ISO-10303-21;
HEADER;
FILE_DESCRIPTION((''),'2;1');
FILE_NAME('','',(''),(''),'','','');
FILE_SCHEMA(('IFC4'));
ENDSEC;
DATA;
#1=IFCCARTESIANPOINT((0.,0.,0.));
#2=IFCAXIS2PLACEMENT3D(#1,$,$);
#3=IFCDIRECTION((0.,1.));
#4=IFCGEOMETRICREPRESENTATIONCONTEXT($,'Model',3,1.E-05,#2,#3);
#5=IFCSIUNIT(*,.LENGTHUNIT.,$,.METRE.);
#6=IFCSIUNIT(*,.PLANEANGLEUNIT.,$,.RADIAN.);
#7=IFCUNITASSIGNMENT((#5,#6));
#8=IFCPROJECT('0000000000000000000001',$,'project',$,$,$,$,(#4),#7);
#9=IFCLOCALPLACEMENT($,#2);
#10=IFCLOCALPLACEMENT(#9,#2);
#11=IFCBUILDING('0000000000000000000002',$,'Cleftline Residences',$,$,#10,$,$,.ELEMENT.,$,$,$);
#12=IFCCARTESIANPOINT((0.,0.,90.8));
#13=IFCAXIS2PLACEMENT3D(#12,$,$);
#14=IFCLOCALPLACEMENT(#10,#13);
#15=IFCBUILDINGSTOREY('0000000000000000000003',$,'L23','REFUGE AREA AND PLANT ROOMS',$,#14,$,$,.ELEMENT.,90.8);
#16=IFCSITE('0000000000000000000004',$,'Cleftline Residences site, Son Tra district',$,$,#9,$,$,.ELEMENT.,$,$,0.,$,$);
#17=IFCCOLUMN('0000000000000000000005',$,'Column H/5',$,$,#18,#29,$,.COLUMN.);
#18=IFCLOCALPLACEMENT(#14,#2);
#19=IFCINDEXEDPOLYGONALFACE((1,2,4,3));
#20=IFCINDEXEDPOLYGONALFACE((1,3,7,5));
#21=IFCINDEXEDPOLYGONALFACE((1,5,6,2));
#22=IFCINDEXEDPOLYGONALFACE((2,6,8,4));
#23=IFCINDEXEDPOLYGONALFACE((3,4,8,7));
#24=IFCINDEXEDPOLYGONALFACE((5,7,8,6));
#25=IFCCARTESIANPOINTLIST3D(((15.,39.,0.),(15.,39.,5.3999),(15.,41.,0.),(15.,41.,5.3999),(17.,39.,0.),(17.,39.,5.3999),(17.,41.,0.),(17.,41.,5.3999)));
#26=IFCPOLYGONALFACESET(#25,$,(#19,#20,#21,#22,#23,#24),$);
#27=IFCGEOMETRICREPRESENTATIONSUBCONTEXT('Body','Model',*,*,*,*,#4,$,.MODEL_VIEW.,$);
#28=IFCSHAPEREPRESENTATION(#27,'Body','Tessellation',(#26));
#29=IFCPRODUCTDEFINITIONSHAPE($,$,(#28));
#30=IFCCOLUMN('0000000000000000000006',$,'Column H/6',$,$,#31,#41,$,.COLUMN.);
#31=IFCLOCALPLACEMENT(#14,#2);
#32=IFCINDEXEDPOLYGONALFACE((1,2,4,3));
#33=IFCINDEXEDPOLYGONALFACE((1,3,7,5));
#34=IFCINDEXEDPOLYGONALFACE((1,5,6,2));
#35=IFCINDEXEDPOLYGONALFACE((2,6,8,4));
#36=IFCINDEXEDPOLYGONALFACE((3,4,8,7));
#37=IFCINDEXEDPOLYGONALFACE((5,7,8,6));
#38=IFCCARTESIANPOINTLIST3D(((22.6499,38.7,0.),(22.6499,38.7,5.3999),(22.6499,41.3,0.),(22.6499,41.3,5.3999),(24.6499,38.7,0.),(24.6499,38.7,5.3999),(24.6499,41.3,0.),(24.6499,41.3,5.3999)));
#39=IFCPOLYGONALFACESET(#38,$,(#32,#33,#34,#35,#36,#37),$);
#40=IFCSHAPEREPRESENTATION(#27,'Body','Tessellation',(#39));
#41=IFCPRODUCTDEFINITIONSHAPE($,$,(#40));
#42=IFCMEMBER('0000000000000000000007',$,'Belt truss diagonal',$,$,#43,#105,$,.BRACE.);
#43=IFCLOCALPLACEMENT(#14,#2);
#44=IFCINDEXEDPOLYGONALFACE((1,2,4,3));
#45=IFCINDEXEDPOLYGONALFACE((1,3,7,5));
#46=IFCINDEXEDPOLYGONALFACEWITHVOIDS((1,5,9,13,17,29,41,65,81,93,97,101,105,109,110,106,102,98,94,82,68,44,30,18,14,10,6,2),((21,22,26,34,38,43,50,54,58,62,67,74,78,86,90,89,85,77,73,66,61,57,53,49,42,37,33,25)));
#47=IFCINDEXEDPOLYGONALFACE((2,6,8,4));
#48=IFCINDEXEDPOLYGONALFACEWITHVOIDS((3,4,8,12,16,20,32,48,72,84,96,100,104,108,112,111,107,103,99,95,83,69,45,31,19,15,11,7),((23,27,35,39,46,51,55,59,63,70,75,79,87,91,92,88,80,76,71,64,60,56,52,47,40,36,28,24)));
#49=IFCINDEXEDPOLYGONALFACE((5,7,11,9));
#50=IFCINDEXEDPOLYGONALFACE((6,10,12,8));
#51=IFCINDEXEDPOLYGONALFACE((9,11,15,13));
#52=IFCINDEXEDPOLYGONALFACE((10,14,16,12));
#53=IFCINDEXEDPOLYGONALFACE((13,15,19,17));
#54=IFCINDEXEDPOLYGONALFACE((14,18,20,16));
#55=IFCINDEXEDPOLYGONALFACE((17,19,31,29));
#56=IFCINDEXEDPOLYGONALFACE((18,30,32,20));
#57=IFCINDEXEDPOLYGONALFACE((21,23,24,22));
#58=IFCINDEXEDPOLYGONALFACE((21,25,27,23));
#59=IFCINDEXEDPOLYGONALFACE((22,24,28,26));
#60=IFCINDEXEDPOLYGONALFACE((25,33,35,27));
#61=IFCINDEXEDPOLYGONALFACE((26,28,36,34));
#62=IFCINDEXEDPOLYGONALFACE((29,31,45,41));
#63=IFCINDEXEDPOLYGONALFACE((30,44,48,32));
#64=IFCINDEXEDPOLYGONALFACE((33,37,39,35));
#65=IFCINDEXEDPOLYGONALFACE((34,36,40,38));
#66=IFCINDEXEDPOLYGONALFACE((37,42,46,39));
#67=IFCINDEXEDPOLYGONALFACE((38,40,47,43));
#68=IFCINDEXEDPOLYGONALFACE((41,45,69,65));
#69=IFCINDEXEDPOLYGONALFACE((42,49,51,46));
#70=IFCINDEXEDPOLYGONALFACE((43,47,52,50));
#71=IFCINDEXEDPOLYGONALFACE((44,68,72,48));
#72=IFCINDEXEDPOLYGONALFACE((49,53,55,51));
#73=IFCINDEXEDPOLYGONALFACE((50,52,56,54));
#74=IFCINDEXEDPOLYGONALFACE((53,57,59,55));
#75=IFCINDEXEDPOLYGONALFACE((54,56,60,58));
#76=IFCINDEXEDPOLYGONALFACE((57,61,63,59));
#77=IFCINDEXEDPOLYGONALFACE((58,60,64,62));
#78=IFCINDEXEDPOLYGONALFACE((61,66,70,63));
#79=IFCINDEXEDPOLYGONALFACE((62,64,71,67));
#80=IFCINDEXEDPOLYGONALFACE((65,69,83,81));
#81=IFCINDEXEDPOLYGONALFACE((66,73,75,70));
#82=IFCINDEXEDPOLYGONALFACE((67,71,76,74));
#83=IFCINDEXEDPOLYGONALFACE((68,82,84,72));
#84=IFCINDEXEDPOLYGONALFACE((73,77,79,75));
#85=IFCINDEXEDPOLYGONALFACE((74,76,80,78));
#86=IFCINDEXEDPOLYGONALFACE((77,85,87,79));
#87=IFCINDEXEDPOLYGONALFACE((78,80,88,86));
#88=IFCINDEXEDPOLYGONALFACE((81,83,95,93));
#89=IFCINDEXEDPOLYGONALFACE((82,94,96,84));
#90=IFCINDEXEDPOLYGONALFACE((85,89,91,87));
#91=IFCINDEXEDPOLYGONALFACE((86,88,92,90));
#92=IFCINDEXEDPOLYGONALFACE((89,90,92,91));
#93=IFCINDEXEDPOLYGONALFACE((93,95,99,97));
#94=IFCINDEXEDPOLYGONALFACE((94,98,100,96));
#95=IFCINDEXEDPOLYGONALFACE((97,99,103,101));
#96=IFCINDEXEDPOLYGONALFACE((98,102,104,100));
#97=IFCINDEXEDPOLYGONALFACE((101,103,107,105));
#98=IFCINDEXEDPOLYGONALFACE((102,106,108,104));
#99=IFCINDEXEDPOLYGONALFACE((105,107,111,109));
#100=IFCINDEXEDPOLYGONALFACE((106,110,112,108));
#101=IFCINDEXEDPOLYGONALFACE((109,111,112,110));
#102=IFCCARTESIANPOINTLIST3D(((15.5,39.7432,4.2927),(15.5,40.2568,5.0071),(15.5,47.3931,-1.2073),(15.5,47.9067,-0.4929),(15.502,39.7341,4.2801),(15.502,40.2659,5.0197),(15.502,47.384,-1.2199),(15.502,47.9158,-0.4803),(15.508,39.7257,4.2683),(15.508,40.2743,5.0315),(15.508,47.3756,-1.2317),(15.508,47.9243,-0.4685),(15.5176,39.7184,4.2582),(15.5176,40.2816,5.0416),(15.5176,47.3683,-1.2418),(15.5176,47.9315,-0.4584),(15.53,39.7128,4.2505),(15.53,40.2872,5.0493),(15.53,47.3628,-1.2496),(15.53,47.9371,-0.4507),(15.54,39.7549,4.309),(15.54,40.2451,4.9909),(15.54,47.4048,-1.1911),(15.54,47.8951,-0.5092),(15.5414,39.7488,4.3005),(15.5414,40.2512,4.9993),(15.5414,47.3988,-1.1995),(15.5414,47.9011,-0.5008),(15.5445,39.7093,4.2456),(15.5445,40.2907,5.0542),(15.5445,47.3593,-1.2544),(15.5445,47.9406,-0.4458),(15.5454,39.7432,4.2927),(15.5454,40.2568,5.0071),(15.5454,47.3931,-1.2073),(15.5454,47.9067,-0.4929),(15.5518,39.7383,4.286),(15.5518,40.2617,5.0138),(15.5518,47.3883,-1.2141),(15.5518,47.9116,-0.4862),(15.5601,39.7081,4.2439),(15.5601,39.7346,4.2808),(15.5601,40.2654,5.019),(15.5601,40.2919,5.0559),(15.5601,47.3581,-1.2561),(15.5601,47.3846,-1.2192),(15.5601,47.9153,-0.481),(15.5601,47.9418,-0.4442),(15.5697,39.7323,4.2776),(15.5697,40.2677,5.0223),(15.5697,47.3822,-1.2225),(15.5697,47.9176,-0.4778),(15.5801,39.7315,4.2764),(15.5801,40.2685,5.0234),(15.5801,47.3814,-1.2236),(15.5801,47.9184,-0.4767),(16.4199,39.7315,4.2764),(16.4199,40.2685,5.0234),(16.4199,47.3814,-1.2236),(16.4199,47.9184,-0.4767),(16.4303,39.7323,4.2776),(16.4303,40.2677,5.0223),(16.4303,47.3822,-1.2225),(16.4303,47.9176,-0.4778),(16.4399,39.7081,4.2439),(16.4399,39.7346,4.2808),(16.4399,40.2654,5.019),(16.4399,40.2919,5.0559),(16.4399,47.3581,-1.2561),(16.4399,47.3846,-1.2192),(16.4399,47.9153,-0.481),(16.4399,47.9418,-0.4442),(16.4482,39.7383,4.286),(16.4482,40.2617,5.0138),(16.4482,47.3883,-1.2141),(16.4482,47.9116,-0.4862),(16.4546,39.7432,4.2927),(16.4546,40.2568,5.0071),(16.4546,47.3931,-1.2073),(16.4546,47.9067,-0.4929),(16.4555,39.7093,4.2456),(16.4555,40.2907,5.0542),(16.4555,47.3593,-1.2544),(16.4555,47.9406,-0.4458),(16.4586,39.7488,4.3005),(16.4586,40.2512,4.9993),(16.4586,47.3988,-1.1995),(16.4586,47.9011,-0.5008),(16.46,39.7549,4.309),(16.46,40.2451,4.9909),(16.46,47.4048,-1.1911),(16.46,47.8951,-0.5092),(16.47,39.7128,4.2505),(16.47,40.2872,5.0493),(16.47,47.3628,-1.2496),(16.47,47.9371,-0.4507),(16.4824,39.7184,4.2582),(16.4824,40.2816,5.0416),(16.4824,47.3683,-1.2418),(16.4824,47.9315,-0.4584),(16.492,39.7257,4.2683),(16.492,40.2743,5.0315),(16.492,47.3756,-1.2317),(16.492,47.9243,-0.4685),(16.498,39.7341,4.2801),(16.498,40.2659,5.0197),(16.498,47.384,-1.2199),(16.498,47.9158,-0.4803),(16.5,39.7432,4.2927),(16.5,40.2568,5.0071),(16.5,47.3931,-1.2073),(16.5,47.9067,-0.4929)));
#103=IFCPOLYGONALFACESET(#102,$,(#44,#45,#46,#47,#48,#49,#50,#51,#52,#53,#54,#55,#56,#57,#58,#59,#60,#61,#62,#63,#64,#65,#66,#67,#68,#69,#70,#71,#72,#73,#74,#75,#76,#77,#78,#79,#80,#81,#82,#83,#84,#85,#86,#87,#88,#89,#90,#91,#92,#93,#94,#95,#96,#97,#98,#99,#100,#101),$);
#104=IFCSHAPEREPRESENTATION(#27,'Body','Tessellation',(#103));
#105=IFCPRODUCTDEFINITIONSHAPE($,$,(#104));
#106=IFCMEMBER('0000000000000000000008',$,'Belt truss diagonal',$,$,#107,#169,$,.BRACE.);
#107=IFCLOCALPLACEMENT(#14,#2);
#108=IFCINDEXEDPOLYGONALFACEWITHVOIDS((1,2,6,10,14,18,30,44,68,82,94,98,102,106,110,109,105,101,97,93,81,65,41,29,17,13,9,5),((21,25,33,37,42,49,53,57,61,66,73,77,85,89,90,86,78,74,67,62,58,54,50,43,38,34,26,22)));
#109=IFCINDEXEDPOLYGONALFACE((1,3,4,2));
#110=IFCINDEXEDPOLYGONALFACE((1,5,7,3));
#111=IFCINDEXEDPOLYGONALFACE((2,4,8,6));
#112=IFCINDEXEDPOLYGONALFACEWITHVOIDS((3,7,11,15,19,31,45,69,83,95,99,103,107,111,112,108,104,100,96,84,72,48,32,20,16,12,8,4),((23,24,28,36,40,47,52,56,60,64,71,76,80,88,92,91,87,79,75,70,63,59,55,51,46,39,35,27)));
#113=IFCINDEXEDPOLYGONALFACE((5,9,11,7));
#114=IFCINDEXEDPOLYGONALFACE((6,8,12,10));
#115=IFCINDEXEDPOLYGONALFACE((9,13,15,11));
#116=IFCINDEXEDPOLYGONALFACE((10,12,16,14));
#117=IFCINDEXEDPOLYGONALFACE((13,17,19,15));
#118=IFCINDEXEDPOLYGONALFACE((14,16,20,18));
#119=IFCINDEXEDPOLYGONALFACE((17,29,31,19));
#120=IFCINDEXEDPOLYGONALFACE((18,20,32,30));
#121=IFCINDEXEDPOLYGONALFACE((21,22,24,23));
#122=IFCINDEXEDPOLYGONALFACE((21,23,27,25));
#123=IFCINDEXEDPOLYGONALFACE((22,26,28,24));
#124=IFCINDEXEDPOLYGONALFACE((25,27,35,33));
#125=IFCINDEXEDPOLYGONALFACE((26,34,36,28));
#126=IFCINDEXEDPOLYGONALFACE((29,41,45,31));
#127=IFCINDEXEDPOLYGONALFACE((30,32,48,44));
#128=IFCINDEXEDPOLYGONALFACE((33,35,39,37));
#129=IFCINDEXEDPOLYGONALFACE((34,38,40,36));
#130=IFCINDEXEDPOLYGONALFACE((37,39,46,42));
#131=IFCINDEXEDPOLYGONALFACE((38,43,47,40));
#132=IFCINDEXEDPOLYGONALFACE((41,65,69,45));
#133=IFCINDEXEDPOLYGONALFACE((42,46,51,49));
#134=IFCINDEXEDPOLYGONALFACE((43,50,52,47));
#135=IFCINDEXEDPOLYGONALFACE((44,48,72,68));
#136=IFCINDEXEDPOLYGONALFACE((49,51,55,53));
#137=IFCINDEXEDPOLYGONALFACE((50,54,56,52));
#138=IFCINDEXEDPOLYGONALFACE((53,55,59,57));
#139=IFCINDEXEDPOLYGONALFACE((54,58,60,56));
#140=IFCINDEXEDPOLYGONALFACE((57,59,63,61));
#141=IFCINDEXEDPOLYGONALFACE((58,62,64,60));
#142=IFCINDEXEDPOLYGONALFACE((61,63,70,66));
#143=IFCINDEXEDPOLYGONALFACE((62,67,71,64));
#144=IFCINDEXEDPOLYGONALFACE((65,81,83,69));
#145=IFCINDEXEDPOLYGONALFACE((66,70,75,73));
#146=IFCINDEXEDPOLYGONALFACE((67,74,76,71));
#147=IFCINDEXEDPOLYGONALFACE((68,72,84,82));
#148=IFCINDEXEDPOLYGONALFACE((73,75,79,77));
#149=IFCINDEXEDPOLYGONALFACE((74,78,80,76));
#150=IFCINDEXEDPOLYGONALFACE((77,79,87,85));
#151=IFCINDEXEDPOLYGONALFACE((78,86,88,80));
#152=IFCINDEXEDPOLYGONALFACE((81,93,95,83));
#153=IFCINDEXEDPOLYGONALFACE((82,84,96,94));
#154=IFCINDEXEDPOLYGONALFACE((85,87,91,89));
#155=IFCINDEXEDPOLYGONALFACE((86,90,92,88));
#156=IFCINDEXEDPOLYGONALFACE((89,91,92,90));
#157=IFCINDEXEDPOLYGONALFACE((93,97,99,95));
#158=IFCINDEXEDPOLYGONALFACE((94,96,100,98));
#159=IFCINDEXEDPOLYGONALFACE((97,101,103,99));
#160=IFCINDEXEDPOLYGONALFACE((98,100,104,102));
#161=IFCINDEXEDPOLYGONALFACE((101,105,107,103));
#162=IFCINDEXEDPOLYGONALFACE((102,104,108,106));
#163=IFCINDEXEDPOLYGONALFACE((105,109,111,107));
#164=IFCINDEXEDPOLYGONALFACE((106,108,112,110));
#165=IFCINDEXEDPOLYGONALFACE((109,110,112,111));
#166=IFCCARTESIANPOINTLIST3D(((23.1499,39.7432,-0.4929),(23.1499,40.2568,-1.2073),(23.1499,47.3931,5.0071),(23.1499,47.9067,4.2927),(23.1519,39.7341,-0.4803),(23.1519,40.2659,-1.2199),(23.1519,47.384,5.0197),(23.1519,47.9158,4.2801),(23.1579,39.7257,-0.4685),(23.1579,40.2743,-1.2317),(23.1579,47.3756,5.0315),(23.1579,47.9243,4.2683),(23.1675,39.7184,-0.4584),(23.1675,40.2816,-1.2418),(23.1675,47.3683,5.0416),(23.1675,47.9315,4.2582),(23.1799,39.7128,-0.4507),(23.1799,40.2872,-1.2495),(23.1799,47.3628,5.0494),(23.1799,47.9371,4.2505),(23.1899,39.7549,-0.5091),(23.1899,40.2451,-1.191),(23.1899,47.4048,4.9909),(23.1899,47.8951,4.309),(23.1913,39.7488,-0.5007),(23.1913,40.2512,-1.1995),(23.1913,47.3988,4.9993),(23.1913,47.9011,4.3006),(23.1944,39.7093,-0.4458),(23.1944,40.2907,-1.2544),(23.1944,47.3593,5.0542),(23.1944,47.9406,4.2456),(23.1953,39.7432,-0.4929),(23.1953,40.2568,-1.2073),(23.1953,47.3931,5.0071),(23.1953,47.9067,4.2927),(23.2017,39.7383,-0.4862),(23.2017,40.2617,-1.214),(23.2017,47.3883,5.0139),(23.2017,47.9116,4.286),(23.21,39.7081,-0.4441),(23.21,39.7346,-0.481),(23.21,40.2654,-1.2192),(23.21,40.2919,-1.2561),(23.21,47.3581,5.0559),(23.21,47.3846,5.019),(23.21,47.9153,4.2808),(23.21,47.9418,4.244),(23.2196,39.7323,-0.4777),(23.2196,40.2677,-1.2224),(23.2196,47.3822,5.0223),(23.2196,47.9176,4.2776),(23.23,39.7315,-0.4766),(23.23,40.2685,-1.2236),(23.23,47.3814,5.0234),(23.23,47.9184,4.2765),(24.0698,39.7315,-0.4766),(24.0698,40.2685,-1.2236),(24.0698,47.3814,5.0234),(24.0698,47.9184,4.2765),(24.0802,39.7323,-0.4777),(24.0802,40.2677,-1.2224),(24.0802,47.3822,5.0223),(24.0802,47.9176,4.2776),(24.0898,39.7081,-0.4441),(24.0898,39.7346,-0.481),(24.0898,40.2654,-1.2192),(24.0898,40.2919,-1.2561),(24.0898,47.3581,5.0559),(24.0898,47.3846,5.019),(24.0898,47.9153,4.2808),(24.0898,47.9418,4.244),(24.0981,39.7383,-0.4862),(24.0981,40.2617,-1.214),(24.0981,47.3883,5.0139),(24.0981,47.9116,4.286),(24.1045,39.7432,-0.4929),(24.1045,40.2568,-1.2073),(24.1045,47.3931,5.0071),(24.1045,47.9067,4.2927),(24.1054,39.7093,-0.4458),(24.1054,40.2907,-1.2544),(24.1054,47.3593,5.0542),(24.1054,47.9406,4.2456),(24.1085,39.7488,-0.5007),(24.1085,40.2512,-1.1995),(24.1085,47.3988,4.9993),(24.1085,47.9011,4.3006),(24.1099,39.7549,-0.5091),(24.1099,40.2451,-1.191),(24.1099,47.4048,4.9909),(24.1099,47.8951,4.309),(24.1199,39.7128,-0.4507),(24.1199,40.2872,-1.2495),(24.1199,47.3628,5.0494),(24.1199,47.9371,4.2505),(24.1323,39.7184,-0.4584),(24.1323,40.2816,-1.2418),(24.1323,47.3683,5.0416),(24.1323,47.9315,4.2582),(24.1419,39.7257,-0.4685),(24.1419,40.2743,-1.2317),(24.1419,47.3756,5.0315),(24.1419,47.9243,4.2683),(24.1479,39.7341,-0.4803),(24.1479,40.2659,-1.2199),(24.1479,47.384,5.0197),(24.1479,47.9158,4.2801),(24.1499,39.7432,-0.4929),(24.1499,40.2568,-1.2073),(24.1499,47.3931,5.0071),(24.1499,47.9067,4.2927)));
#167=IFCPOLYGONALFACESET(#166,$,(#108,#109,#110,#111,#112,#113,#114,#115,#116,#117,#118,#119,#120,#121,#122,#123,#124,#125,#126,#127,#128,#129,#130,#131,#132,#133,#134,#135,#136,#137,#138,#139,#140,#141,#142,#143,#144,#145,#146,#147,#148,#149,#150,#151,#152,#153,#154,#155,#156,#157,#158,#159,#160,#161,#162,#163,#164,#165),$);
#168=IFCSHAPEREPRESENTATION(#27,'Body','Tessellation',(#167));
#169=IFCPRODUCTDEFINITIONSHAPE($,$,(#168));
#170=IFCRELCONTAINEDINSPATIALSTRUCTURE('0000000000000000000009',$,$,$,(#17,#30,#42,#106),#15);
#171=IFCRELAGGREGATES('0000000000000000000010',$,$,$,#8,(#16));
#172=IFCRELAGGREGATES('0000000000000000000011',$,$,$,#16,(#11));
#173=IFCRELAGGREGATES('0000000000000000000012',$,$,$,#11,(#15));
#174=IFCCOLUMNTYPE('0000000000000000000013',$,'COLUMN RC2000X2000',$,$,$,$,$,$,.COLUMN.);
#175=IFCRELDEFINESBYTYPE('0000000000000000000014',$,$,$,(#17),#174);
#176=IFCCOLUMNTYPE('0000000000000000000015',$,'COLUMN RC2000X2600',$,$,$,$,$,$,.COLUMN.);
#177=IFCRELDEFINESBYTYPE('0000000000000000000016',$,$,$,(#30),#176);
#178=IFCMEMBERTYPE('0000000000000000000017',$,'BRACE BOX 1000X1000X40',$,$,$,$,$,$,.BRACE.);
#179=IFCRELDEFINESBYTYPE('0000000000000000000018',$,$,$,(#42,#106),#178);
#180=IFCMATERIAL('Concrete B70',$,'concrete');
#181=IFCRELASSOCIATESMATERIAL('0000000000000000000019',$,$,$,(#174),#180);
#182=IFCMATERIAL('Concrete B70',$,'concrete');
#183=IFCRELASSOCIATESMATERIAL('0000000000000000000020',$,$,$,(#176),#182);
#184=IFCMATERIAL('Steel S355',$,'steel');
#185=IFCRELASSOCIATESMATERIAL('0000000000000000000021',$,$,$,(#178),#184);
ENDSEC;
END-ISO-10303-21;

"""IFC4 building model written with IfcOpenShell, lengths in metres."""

from ifc_helpers import new_model, si_unit, direction, frame, origin, origin_2d, place, context, subcontext, project, spatial, rectangle, hollow_rectangle, extrude, material, material_profile, profile_set, type_object, element, save


model = new_model("IFC4")

# Units and contexts
model_context = context("Model", 3, precision=1e-05, world=origin(), true_north=direction((0.0, 1.0)))
body_context = subcontext(model_context, "Body", "Model", "MODEL_VIEW")
ifc_project = project(units=[si_unit("LENGTHUNIT", "METRE"), si_unit("PLANEANGLEUNIT", "RADIAN")], contexts=[model_context])

# Site, building, storey
site_placement = place(None, origin())
site = spatial("IfcSite", under=ifc_project, at=site_placement, Name="Cleftline Residences site, Son Tra district", CompositionType="ELEMENT", RefElevation=0.0)
building_placement = place(site_placement, origin())
building = spatial("IfcBuilding", under=site, at=building_placement, Name="Cleftline Residences", CompositionType="ELEMENT")
storey_placement = place(building_placement, frame((0.0, 0.0, 90.8)))
storey = spatial("IfcBuildingStorey", under=building, at=storey_placement, Name="L23", Description="REFUGE AREA AND PLANT ROOMS", CompositionType="ELEMENT", Elevation=90.8)

# Columns
ifc_material_1 = material(Name="Concrete B70", Category="concrete")
ifc_material_profile_1 = material_profile(ifc_material_1, rectangle(XDim=2.0, YDim=2.0, at=origin_2d()))
ifc_profile_set_1 = profile_set([ifc_material_profile_1], Name="Concrete B70")
column_type_1 = type_object("IfcColumnType", Name="COLUMN RC2000X2000", PredefinedType="COLUMN", material=ifc_profile_set_1)
column_1_placement = place(storey_placement, frame((16.0, 40.0, 0.0), z_axis=(0.0, 0.0, 1.0), x_axis=(1.0, 0.0, 0.0)))
element("IfcColumn", 1, at=column_1_placement, inside=storey, type_object=column_type_1, Name="Column H/5", PredefinedType="COLUMN", context=body_context, shape_type="SweptSolid", body=[
    extrude(rectangle(XDim=2.0, YDim=2.0, at=origin_2d()), origin(), (0.0, 0.0, 1.0), 5.3999),
])
ifc_material_2 = material(Name="Concrete B70", Category="concrete")
ifc_material_profile_2 = material_profile(ifc_material_2, rectangle(XDim=2.0, YDim=2.6001, at=origin_2d()))
ifc_profile_set_2 = profile_set([ifc_material_profile_2], Name="Concrete B70")
column_type_2 = type_object("IfcColumnType", Name="COLUMN RC2000X2600", PredefinedType="COLUMN", material=ifc_profile_set_2)
column_2_placement = place(storey_placement, frame((23.6499, 40.0, 0.0), z_axis=(0.0, 0.0, 1.0), x_axis=(1.0, 0.0, 0.0)))
element("IfcColumn", 2, at=column_2_placement, inside=storey, type_object=column_type_2, Name="Column H/6", PredefinedType="COLUMN", context=body_context, shape_type="SweptSolid", body=[
    extrude(rectangle(XDim=2.0, YDim=2.6001, at=origin_2d()), origin(), (0.0, 0.0, 1.0), 5.3999),
])

# Members
ifc_material_3 = material(Name="Steel S355", Category="steel")
ifc_material_profile_3 = material_profile(ifc_material_3, hollow_rectangle(XDim=1.0, YDim=1.0, WallThickness=0.04, InnerFilletRadius=0.04, OuterFilletRadius=0.0601, at=origin_2d()))
ifc_profile_set_3 = profile_set([ifc_material_profile_3], Name="Steel S355")
member_type_1 = type_object("IfcMemberType", Name="BRACE BOX 1000X1000X40", PredefinedType="BRACE", material=ifc_profile_set_3)
for number, where, z_axis, x_axis, name in (
    (3, (16.0, 40.0, 4.6499), (0.0, 0.811933, -0.58375), (0.0, 0.58375, 0.811933), "Belt truss diagonal"),
    (4, (23.6499, 40.0, -0.8501), (0.0, 0.811933, 0.58375), (0.0, -0.58375, 0.811933), "Belt truss diagonal"),
):
    element("IfcMember", number, at=place(storey_placement, frame(where, z_axis=z_axis, x_axis=x_axis)), inside=storey, type_object=member_type_1, Name=name, PredefinedType="BRACE", context=body_context, shape_type="SweptSolid", body=[
        extrude(hollow_rectangle(XDim=1.0, YDim=1.0, WallThickness=0.04, InnerFilletRadius=0.04, OuterFilletRadius=0.0601, at=origin_2d()), origin(), (0.0, 0.0, 1.0), 9.4219),
    ])

save(model, "model.ifc")
